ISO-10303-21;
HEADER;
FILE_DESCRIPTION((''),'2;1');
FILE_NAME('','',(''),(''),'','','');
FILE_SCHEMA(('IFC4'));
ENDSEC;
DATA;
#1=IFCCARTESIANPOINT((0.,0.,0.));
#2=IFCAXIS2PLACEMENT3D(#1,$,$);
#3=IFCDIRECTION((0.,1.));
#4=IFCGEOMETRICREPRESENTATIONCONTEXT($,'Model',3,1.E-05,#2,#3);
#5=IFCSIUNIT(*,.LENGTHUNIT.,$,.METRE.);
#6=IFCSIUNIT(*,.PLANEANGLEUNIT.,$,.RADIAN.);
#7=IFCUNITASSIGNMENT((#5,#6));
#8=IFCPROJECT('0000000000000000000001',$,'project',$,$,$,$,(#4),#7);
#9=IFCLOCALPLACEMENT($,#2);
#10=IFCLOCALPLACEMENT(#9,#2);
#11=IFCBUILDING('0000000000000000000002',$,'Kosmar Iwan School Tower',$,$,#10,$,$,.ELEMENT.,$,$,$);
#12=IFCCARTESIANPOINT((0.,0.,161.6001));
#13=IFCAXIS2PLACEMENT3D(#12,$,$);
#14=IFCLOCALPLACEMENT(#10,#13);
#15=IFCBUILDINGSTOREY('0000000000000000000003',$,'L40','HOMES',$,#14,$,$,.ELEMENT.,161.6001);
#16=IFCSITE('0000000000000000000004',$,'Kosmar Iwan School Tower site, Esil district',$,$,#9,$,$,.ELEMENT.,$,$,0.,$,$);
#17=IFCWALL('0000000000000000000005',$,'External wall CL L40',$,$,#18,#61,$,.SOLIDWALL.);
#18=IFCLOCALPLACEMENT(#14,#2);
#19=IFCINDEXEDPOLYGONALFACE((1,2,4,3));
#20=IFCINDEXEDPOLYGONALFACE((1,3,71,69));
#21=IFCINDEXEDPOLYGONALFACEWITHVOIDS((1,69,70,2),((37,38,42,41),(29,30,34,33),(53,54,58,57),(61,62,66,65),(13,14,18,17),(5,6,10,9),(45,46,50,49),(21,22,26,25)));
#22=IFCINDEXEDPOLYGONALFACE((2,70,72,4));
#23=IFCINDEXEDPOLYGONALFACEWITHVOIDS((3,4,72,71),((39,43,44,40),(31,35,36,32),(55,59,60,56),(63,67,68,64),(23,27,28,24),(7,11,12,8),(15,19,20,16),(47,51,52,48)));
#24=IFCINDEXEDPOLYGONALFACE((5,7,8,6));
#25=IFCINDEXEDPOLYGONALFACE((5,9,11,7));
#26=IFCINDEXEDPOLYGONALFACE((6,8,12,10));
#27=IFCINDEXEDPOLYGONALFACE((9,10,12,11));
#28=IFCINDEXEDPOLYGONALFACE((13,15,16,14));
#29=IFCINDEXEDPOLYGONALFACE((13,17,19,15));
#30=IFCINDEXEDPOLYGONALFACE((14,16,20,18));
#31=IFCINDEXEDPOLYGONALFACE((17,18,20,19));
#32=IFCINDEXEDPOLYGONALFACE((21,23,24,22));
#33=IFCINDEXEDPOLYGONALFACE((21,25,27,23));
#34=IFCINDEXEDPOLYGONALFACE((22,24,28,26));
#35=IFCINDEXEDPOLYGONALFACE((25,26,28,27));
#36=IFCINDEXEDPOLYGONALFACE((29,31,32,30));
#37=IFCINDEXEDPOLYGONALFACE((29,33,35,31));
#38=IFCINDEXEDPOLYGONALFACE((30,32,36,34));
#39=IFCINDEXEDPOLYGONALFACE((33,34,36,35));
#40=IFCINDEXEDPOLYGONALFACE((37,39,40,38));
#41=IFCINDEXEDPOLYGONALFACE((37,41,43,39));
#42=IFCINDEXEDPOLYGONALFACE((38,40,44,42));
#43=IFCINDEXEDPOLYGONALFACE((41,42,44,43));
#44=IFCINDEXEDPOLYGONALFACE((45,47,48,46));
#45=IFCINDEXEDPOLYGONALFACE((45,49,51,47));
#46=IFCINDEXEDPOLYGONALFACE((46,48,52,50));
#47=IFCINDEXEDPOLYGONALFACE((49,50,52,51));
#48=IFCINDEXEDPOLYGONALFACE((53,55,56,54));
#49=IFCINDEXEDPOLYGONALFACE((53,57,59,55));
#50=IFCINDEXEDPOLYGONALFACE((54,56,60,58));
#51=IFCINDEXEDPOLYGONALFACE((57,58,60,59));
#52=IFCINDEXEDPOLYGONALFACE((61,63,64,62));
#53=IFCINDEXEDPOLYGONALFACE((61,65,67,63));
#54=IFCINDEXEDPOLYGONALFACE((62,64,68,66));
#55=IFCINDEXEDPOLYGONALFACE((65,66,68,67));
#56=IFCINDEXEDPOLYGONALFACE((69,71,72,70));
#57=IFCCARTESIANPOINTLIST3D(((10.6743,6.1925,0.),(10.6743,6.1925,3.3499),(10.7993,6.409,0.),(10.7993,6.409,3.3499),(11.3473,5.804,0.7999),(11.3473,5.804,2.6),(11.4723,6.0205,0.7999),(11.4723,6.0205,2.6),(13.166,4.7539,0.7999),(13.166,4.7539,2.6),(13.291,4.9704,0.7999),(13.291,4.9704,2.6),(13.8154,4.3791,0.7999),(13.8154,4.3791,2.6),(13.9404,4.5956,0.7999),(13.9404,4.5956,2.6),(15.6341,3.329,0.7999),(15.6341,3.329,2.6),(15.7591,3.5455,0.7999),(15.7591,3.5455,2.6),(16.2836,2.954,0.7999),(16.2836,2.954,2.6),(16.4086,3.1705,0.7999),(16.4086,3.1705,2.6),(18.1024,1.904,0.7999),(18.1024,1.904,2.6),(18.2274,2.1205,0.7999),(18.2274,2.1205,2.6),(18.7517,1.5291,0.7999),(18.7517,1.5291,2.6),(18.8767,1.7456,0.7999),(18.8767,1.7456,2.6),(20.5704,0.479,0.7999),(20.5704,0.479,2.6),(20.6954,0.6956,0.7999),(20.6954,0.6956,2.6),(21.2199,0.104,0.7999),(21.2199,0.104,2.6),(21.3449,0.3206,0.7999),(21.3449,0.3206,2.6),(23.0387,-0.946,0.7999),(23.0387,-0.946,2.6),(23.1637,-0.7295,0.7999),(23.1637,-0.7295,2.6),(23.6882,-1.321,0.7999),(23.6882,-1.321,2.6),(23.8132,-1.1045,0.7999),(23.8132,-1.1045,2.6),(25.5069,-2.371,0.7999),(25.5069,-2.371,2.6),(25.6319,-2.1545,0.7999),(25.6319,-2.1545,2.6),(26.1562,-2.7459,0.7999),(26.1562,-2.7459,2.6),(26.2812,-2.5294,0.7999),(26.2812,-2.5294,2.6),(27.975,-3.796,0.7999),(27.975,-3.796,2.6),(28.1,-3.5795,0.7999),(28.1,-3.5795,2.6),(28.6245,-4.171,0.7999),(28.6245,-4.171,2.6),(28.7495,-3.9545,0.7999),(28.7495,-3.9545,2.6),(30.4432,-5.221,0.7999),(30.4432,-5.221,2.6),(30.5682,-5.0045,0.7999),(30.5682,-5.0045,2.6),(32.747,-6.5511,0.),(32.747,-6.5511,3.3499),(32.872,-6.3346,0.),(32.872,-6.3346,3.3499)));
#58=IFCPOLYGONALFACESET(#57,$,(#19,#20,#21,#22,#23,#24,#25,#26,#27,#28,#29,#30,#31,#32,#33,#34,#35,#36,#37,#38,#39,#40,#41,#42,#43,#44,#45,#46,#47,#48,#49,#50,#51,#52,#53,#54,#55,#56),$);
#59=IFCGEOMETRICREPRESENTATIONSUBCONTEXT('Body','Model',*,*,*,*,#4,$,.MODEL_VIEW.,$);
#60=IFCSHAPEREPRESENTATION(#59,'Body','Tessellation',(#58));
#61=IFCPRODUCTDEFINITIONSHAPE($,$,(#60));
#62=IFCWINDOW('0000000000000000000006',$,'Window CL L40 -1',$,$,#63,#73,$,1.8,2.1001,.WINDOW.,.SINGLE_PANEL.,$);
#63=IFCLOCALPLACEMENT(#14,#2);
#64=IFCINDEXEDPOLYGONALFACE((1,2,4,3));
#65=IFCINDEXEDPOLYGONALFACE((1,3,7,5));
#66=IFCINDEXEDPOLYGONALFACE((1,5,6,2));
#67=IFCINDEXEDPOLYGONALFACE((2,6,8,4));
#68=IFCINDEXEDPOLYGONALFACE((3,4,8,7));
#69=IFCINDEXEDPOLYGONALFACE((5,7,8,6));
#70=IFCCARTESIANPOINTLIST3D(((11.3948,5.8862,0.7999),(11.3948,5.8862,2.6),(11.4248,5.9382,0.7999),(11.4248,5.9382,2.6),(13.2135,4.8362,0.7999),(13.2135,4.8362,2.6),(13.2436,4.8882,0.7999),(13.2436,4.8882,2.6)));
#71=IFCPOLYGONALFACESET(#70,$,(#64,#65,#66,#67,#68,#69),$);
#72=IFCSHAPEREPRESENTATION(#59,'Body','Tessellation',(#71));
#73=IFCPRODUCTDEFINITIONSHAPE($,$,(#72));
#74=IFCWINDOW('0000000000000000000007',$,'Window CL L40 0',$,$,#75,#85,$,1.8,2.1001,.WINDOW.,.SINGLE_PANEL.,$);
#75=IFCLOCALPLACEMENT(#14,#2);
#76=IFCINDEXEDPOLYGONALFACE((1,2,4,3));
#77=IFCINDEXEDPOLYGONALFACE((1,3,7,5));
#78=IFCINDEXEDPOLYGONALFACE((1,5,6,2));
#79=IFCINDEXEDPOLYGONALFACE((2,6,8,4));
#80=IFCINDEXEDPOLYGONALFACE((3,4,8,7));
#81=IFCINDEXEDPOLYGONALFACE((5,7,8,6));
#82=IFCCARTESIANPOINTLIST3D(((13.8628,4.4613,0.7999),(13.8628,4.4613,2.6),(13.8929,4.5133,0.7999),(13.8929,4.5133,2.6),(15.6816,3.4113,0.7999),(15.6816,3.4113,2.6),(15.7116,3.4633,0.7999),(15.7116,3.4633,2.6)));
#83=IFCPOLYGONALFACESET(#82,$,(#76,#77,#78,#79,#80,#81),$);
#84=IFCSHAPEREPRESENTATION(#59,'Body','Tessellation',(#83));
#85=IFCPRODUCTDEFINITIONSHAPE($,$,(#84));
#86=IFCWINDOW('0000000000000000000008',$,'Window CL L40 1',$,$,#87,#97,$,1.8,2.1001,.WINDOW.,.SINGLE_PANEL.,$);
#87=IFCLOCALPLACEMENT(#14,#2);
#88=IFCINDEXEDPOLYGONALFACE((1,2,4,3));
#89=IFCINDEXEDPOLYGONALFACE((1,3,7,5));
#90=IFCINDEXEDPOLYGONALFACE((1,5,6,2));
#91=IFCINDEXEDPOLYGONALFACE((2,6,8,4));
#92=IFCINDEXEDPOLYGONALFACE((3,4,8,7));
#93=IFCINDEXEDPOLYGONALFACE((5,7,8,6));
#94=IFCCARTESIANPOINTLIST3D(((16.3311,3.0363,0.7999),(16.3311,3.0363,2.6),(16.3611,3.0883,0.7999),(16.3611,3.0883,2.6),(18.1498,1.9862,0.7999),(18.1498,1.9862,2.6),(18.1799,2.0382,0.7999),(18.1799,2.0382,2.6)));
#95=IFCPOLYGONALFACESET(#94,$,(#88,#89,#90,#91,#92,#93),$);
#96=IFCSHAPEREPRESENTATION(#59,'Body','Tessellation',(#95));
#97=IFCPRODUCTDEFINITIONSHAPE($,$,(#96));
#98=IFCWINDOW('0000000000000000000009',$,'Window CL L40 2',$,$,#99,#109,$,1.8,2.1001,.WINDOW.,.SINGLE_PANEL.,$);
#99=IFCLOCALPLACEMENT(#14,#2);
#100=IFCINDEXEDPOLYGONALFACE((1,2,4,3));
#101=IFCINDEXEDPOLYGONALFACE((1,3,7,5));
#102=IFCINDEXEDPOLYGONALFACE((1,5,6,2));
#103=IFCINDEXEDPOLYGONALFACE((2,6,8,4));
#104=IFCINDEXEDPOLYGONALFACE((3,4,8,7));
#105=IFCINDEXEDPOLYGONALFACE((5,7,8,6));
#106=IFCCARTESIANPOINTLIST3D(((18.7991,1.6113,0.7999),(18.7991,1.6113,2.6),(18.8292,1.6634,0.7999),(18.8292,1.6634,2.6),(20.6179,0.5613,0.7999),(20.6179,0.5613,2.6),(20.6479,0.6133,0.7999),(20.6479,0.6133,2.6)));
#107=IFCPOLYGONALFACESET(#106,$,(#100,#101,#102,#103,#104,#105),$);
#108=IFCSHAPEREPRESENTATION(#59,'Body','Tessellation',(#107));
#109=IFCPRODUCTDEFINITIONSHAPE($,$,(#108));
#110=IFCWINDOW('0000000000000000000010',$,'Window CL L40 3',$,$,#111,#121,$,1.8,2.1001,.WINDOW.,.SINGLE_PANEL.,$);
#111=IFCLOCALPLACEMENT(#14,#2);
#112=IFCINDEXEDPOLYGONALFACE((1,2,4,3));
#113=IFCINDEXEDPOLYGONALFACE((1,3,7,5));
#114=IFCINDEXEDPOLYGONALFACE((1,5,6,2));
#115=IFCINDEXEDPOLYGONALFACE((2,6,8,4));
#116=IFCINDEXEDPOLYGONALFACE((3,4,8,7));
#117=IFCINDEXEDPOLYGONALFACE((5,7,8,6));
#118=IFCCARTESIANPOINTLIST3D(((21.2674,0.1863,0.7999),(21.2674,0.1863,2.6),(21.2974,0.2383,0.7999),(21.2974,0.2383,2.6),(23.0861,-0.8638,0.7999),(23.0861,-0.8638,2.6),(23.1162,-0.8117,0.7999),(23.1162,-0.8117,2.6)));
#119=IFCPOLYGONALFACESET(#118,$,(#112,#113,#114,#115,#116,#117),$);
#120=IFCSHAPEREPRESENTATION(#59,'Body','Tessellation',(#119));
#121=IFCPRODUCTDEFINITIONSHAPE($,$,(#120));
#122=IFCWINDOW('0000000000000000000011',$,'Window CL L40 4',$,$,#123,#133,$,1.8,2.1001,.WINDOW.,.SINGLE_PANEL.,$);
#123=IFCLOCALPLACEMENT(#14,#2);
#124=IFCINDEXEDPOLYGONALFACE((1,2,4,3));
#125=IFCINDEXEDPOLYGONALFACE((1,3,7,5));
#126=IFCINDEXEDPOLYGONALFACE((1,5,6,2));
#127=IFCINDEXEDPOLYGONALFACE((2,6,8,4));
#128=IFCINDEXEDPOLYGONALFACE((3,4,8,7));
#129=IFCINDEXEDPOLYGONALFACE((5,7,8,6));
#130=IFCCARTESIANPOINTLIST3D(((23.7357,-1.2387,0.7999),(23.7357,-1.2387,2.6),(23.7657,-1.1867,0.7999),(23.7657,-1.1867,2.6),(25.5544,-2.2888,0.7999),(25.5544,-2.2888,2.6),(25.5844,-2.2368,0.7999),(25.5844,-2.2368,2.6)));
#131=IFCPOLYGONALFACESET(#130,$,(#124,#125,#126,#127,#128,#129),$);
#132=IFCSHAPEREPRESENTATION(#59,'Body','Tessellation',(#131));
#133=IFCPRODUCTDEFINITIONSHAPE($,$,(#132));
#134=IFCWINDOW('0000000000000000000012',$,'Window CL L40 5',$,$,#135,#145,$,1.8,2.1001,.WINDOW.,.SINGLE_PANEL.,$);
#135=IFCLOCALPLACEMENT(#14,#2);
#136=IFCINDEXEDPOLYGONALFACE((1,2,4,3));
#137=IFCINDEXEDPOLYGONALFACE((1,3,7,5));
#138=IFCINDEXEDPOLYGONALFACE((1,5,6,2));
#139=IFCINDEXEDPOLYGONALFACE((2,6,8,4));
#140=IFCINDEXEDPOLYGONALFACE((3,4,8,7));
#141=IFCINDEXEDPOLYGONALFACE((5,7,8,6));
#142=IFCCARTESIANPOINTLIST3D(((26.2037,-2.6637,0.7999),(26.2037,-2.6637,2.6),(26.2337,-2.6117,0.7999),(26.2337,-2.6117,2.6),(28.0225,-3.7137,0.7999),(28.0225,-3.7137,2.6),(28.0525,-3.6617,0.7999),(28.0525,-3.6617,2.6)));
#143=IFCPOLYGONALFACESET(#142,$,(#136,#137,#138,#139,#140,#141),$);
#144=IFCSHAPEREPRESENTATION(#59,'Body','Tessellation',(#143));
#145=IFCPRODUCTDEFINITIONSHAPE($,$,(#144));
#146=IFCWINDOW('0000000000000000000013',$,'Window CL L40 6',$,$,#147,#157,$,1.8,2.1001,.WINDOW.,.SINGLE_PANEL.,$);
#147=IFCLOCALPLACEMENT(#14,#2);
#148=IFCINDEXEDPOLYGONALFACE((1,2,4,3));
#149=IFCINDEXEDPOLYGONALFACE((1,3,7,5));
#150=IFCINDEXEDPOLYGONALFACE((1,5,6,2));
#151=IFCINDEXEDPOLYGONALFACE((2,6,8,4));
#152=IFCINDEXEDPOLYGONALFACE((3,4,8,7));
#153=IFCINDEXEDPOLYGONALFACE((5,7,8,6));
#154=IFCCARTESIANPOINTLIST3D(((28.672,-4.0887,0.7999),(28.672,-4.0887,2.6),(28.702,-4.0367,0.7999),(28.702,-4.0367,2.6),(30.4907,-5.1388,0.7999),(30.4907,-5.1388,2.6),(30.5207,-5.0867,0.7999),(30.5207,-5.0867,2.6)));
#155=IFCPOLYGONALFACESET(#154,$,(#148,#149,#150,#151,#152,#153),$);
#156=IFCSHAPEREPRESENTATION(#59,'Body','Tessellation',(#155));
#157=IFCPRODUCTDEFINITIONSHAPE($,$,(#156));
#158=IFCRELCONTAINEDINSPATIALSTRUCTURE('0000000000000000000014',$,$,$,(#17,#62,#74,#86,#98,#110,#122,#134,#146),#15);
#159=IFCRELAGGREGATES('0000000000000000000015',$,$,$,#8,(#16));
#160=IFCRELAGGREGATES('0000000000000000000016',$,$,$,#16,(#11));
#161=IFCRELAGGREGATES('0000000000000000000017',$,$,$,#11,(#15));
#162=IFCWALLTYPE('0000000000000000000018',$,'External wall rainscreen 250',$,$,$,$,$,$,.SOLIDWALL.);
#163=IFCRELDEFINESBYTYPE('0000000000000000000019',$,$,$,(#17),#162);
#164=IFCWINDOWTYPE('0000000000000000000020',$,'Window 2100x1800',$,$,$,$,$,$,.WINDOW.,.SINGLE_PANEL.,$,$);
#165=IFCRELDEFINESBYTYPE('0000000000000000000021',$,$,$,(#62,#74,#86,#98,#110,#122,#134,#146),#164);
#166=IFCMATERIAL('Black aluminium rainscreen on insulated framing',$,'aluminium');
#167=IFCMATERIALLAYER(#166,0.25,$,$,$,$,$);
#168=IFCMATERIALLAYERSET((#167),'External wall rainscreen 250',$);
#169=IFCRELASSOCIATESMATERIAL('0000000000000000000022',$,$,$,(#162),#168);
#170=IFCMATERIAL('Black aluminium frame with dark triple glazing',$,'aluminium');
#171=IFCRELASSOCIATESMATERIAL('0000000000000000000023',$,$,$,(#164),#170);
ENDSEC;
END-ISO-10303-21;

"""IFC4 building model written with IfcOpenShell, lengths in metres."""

from ifc_helpers import new_model, si_unit, direction, frame, frame_2d, origin, place, context, subcontext, project, spatial, rectangle, extrude, material, layer, layer_set, type_object, element, fill, save


model = new_model("IFC4")

# Units and contexts
model_context = context("Model", 3, precision=1e-05, world=origin(), true_north=direction((0.0, 1.0)))
body_context = subcontext(model_context, "Body", "Model", "MODEL_VIEW")
ifc_project = project(units=[si_unit("LENGTHUNIT", "METRE"), si_unit("PLANEANGLEUNIT", "RADIAN")], contexts=[model_context])

# Site, building, storey
site_placement = place(None, origin())
site = spatial("IfcSite", under=ifc_project, at=site_placement, Name="Kosmar Iwan School Tower site, Esil district", CompositionType="ELEMENT", RefElevation=0.0)
building_placement = place(site_placement, origin())
building = spatial("IfcBuilding", under=site, at=building_placement, Name="Kosmar Iwan School Tower", CompositionType="ELEMENT")
storey_placement = place(building_placement, frame((0.0, 0.0, 161.6001)))
storey = spatial("IfcBuildingStorey", under=building, at=storey_placement, Name="L40", Description="HOMES", CompositionType="ELEMENT", Elevation=161.6001)

# Wall, openings, windows
ifc_material_1 = material(Name="Black aluminium rainscreen on insulated framing", Category="aluminium")
ifc_layer_1 = layer(ifc_material_1, 0.25)
ifc_layer_set_1 = layer_set([ifc_layer_1], Name="External wall rainscreen 250")
wall_type_1 = type_object("IfcWallType", Name="External wall rainscreen 250", PredefinedType="SOLIDWALL", material=ifc_layer_set_1)
wall_1_placement = place(storey_placement, frame((10.7368, 6.3008, 0.0), z_axis=(0.0, 0.0, 1.0), x_axis=(0.866026, -0.499998, 0.0)))
wall_1 = element("IfcWall", 1, at=wall_1_placement, inside=storey, type_object=wall_type_1, Name="External wall CL L40", PredefinedType="SOLIDWALL", context=body_context, shape_type="SweptSolid", body=[
    extrude(rectangle(XDim=25.4873, YDim=0.25, at=frame_2d((12.7437, 0.0))), origin(), (0.0, 0.0, 1.0), 3.3499),
])
opening_1_placement = place(wall_1_placement, frame((0.7771, 0.0, 0.8)))
opening_1 = element("IfcOpeningElement", 2, at=opening_1_placement, cuts=wall_1, PredefinedType="OPENING", context=body_context, shape_type="SweptSolid", body=[
    extrude(rectangle(XDim=2.1001, YDim=1.8, at=frame_2d((1.05, 0.8999))), frame((0.0, 0.137, 0.0), z_axis=(0.0, -1.0, 0.0), x_axis=(1.0, 0.0, 0.0)), (0.0, 0.0, 1.0), 0.2739),
])
opening_2_placement = place(wall_1_placement, frame((3.627, 0.0, 0.8)))
opening_2 = element("IfcOpeningElement", 3, at=opening_2_placement, cuts=wall_1, PredefinedType="OPENING", context=body_context, shape_type="SweptSolid", body=[
    extrude(rectangle(XDim=2.1001, YDim=1.8, at=frame_2d((1.05, 0.8999))), frame((0.0, 0.137, 0.0), z_axis=(0.0, -1.0, 0.0), x_axis=(1.0, 0.0, 0.0)), (0.0, 0.0, 1.0), 0.2739),
])
opening_3_placement = place(wall_1_placement, frame((6.4771, 0.0, 0.8)))
opening_3 = element("IfcOpeningElement", 4, at=opening_3_placement, cuts=wall_1, PredefinedType="OPENING", context=body_context, shape_type="SweptSolid", body=[
    extrude(rectangle(XDim=2.1001, YDim=1.8, at=frame_2d((1.05, 0.8999))), frame((0.0, 0.137, 0.0), z_axis=(0.0, -1.0, 0.0), x_axis=(1.0, 0.0, 0.0)), (0.0, 0.0, 1.0), 0.2739),
])
opening_4_placement = place(wall_1_placement, frame((9.3269, 0.0, 0.8)))
opening_4 = element("IfcOpeningElement", 5, at=opening_4_placement, cuts=wall_1, PredefinedType="OPENING", context=body_context, shape_type="SweptSolid", body=[
    extrude(rectangle(XDim=2.1001, YDim=1.8, at=frame_2d((1.05, 0.8999))), frame((0.0, 0.137, 0.0), z_axis=(0.0, -1.0, 0.0), x_axis=(1.0, 0.0, 0.0)), (0.0, 0.0, 1.0), 0.2739),
])
opening_5_placement = place(wall_1_placement, frame((12.177, 0.0, 0.8)))
opening_5 = element("IfcOpeningElement", 6, at=opening_5_placement, cuts=wall_1, PredefinedType="OPENING", context=body_context, shape_type="SweptSolid", body=[
    extrude(rectangle(XDim=2.1001, YDim=1.8, at=frame_2d((1.05, 0.8999))), frame((0.0, 0.137, 0.0), z_axis=(0.0, -1.0, 0.0), x_axis=(1.0, 0.0, 0.0)), (0.0, 0.0, 1.0), 0.2739),
])
opening_6_placement = place(wall_1_placement, frame((15.0271, 0.0, 0.8)))
opening_6 = element("IfcOpeningElement", 7, at=opening_6_placement, cuts=wall_1, PredefinedType="OPENING", context=body_context, shape_type="SweptSolid", body=[
    extrude(rectangle(XDim=2.1001, YDim=1.8, at=frame_2d((1.05, 0.8999))), frame((0.0, 0.137, 0.0), z_axis=(0.0, -1.0, 0.0), x_axis=(1.0, 0.0, 0.0)), (0.0, 0.0, 1.0), 0.2739),
])
opening_7_placement = place(wall_1_placement, frame((17.877, 0.0, 0.8)))
opening_7 = element("IfcOpeningElement", 8, at=opening_7_placement, cuts=wall_1, PredefinedType="OPENING", context=body_context, shape_type="SweptSolid", body=[
    extrude(rectangle(XDim=2.1001, YDim=1.8, at=frame_2d((1.05, 0.8999))), frame((0.0, 0.137, 0.0), z_axis=(0.0, -1.0, 0.0), x_axis=(1.0, 0.0, 0.0)), (0.0, 0.0, 1.0), 0.2739),
])
opening_8_placement = place(wall_1_placement, frame((20.7271, 0.0, 0.8)))
opening_8 = element("IfcOpeningElement", 9, at=opening_8_placement, cuts=wall_1, PredefinedType="OPENING", context=body_context, shape_type="SweptSolid", body=[
    extrude(rectangle(XDim=2.1001, YDim=1.8, at=frame_2d((1.05, 0.8999))), frame((0.0, 0.137, 0.0), z_axis=(0.0, -1.0, 0.0), x_axis=(1.0, 0.0, 0.0)), (0.0, 0.0, 1.0), 0.2739),
])
ifc_material_2 = material(Name="Black aluminium frame with dark triple glazing", Category="aluminium")
window_type = type_object("IfcWindowType", Name="Window 2100x1800", PartitioningType="SINGLE_PANEL", PredefinedType="WINDOW", material=ifc_material_2)
window_1_placement = place(opening_1_placement, origin())
window_1 = element("IfcWindow", 10, at=window_1_placement, inside=storey, type_object=window_type, Name="Window CL L40 -1", OverallHeight=1.8, OverallWidth=2.1001, PartitioningType="SINGLE_PANEL", PredefinedType="WINDOW", context=body_context, shape_type="SweptSolid", body=[
    extrude(rectangle(XDim=2.1001, YDim=1.8, at=frame_2d((1.05, 0.8999))), frame((0.0, 0.03, 0.0), z_axis=(0.0, -1.0, 0.0), x_axis=(1.0, 0.0, 0.0)), (0.0, 0.0, 1.0), 0.0601),
])
fill(opening_1, window_1)
window_2_placement = place(opening_2_placement, origin())
window_2 = element("IfcWindow", 11, at=window_2_placement, inside=storey, type_object=window_type, Name="Window CL L40 0", OverallHeight=1.8, OverallWidth=2.1001, PartitioningType="SINGLE_PANEL", PredefinedType="WINDOW", context=body_context, shape_type="SweptSolid", body=[
    extrude(rectangle(XDim=2.1001, YDim=1.8, at=frame_2d((1.05, 0.8999))), frame((0.0, 0.03, 0.0), z_axis=(0.0, -1.0, 0.0), x_axis=(1.0, 0.0, 0.0)), (0.0, 0.0, 1.0), 0.0601),
])
fill(opening_2, window_2)
window_3_placement = place(opening_3_placement, origin())
window_3 = element("IfcWindow", 12, at=window_3_placement, inside=storey, type_object=window_type, Name="Window CL L40 1", OverallHeight=1.8, OverallWidth=2.1001, PartitioningType="SINGLE_PANEL", PredefinedType="WINDOW", context=body_context, shape_type="SweptSolid", body=[
    extrude(rectangle(XDim=2.1001, YDim=1.8, at=frame_2d((1.05, 0.8999))), frame((0.0, 0.03, 0.0), z_axis=(0.0, -1.0, 0.0), x_axis=(1.0, 0.0, 0.0)), (0.0, 0.0, 1.0), 0.0601),
])
fill(opening_3, window_3)
window_4_placement = place(opening_4_placement, origin())
window_4 = element("IfcWindow", 13, at=window_4_placement, inside=storey, type_object=window_type, Name="Window CL L40 2", OverallHeight=1.8, OverallWidth=2.1001, PartitioningType="SINGLE_PANEL", PredefinedType="WINDOW", context=body_context, shape_type="SweptSolid", body=[
    extrude(rectangle(XDim=2.1001, YDim=1.8, at=frame_2d((1.05, 0.8999))), frame((0.0, 0.03, 0.0), z_axis=(0.0, -1.0, 0.0), x_axis=(1.0, 0.0, 0.0)), (0.0, 0.0, 1.0), 0.0601),
])
fill(opening_4, window_4)
window_5_placement = place(opening_5_placement, origin())
window_5 = element("IfcWindow", 14, at=window_5_placement, inside=storey, type_object=window_type, Name="Window CL L40 3", OverallHeight=1.8, OverallWidth=2.1001, PartitioningType="SINGLE_PANEL", PredefinedType="WINDOW", context=body_context, shape_type="SweptSolid", body=[
    extrude(rectangle(XDim=2.1001, YDim=1.8, at=frame_2d((1.05, 0.8999))), frame((0.0, 0.03, 0.0), z_axis=(0.0, -1.0, 0.0), x_axis=(1.0, 0.0, 0.0)), (0.0, 0.0, 1.0), 0.0601),
])
fill(opening_5, window_5)
window_6_placement = place(opening_6_placement, origin())
window_6 = element("IfcWindow", 15, at=window_6_placement, inside=storey, type_object=window_type, Name="Window CL L40 4", OverallHeight=1.8, OverallWidth=2.1001, PartitioningType="SINGLE_PANEL", PredefinedType="WINDOW", context=body_context, shape_type="SweptSolid", body=[
    extrude(rectangle(XDim=2.1001, YDim=1.8, at=frame_2d((1.05, 0.8999))), frame((0.0, 0.03, 0.0), z_axis=(0.0, -1.0, 0.0), x_axis=(1.0, 0.0, 0.0)), (0.0, 0.0, 1.0), 0.0601),
])
fill(opening_6, window_6)
window_7_placement = place(opening_7_placement, origin())
window_7 = element("IfcWindow", 16, at=window_7_placement, inside=storey, type_object=window_type, Name="Window CL L40 5", OverallHeight=1.8, OverallWidth=2.1001, PartitioningType="SINGLE_PANEL", PredefinedType="WINDOW", context=body_context, shape_type="SweptSolid", body=[
    extrude(rectangle(XDim=2.1001, YDim=1.8, at=frame_2d((1.05, 0.8999))), frame((0.0, 0.03, 0.0), z_axis=(0.0, -1.0, 0.0), x_axis=(1.0, 0.0, 0.0)), (0.0, 0.0, 1.0), 0.0601),
])
fill(opening_7, window_7)
window_8_placement = place(opening_8_placement, origin())
window_8 = element("IfcWindow", 17, at=window_8_placement, inside=storey, type_object=window_type, Name="Window CL L40 6", OverallHeight=1.8, OverallWidth=2.1001, PartitioningType="SINGLE_PANEL", PredefinedType="WINDOW", context=body_context, shape_type="SweptSolid", body=[
    extrude(rectangle(XDim=2.1001, YDim=1.8, at=frame_2d((1.05, 0.8999))), frame((0.0, 0.03, 0.0), z_axis=(0.0, -1.0, 0.0), x_axis=(1.0, 0.0, 0.0)), (0.0, 0.0, 1.0), 0.0601),
])
fill(opening_8, window_8)

save(model, "model.ifc")
